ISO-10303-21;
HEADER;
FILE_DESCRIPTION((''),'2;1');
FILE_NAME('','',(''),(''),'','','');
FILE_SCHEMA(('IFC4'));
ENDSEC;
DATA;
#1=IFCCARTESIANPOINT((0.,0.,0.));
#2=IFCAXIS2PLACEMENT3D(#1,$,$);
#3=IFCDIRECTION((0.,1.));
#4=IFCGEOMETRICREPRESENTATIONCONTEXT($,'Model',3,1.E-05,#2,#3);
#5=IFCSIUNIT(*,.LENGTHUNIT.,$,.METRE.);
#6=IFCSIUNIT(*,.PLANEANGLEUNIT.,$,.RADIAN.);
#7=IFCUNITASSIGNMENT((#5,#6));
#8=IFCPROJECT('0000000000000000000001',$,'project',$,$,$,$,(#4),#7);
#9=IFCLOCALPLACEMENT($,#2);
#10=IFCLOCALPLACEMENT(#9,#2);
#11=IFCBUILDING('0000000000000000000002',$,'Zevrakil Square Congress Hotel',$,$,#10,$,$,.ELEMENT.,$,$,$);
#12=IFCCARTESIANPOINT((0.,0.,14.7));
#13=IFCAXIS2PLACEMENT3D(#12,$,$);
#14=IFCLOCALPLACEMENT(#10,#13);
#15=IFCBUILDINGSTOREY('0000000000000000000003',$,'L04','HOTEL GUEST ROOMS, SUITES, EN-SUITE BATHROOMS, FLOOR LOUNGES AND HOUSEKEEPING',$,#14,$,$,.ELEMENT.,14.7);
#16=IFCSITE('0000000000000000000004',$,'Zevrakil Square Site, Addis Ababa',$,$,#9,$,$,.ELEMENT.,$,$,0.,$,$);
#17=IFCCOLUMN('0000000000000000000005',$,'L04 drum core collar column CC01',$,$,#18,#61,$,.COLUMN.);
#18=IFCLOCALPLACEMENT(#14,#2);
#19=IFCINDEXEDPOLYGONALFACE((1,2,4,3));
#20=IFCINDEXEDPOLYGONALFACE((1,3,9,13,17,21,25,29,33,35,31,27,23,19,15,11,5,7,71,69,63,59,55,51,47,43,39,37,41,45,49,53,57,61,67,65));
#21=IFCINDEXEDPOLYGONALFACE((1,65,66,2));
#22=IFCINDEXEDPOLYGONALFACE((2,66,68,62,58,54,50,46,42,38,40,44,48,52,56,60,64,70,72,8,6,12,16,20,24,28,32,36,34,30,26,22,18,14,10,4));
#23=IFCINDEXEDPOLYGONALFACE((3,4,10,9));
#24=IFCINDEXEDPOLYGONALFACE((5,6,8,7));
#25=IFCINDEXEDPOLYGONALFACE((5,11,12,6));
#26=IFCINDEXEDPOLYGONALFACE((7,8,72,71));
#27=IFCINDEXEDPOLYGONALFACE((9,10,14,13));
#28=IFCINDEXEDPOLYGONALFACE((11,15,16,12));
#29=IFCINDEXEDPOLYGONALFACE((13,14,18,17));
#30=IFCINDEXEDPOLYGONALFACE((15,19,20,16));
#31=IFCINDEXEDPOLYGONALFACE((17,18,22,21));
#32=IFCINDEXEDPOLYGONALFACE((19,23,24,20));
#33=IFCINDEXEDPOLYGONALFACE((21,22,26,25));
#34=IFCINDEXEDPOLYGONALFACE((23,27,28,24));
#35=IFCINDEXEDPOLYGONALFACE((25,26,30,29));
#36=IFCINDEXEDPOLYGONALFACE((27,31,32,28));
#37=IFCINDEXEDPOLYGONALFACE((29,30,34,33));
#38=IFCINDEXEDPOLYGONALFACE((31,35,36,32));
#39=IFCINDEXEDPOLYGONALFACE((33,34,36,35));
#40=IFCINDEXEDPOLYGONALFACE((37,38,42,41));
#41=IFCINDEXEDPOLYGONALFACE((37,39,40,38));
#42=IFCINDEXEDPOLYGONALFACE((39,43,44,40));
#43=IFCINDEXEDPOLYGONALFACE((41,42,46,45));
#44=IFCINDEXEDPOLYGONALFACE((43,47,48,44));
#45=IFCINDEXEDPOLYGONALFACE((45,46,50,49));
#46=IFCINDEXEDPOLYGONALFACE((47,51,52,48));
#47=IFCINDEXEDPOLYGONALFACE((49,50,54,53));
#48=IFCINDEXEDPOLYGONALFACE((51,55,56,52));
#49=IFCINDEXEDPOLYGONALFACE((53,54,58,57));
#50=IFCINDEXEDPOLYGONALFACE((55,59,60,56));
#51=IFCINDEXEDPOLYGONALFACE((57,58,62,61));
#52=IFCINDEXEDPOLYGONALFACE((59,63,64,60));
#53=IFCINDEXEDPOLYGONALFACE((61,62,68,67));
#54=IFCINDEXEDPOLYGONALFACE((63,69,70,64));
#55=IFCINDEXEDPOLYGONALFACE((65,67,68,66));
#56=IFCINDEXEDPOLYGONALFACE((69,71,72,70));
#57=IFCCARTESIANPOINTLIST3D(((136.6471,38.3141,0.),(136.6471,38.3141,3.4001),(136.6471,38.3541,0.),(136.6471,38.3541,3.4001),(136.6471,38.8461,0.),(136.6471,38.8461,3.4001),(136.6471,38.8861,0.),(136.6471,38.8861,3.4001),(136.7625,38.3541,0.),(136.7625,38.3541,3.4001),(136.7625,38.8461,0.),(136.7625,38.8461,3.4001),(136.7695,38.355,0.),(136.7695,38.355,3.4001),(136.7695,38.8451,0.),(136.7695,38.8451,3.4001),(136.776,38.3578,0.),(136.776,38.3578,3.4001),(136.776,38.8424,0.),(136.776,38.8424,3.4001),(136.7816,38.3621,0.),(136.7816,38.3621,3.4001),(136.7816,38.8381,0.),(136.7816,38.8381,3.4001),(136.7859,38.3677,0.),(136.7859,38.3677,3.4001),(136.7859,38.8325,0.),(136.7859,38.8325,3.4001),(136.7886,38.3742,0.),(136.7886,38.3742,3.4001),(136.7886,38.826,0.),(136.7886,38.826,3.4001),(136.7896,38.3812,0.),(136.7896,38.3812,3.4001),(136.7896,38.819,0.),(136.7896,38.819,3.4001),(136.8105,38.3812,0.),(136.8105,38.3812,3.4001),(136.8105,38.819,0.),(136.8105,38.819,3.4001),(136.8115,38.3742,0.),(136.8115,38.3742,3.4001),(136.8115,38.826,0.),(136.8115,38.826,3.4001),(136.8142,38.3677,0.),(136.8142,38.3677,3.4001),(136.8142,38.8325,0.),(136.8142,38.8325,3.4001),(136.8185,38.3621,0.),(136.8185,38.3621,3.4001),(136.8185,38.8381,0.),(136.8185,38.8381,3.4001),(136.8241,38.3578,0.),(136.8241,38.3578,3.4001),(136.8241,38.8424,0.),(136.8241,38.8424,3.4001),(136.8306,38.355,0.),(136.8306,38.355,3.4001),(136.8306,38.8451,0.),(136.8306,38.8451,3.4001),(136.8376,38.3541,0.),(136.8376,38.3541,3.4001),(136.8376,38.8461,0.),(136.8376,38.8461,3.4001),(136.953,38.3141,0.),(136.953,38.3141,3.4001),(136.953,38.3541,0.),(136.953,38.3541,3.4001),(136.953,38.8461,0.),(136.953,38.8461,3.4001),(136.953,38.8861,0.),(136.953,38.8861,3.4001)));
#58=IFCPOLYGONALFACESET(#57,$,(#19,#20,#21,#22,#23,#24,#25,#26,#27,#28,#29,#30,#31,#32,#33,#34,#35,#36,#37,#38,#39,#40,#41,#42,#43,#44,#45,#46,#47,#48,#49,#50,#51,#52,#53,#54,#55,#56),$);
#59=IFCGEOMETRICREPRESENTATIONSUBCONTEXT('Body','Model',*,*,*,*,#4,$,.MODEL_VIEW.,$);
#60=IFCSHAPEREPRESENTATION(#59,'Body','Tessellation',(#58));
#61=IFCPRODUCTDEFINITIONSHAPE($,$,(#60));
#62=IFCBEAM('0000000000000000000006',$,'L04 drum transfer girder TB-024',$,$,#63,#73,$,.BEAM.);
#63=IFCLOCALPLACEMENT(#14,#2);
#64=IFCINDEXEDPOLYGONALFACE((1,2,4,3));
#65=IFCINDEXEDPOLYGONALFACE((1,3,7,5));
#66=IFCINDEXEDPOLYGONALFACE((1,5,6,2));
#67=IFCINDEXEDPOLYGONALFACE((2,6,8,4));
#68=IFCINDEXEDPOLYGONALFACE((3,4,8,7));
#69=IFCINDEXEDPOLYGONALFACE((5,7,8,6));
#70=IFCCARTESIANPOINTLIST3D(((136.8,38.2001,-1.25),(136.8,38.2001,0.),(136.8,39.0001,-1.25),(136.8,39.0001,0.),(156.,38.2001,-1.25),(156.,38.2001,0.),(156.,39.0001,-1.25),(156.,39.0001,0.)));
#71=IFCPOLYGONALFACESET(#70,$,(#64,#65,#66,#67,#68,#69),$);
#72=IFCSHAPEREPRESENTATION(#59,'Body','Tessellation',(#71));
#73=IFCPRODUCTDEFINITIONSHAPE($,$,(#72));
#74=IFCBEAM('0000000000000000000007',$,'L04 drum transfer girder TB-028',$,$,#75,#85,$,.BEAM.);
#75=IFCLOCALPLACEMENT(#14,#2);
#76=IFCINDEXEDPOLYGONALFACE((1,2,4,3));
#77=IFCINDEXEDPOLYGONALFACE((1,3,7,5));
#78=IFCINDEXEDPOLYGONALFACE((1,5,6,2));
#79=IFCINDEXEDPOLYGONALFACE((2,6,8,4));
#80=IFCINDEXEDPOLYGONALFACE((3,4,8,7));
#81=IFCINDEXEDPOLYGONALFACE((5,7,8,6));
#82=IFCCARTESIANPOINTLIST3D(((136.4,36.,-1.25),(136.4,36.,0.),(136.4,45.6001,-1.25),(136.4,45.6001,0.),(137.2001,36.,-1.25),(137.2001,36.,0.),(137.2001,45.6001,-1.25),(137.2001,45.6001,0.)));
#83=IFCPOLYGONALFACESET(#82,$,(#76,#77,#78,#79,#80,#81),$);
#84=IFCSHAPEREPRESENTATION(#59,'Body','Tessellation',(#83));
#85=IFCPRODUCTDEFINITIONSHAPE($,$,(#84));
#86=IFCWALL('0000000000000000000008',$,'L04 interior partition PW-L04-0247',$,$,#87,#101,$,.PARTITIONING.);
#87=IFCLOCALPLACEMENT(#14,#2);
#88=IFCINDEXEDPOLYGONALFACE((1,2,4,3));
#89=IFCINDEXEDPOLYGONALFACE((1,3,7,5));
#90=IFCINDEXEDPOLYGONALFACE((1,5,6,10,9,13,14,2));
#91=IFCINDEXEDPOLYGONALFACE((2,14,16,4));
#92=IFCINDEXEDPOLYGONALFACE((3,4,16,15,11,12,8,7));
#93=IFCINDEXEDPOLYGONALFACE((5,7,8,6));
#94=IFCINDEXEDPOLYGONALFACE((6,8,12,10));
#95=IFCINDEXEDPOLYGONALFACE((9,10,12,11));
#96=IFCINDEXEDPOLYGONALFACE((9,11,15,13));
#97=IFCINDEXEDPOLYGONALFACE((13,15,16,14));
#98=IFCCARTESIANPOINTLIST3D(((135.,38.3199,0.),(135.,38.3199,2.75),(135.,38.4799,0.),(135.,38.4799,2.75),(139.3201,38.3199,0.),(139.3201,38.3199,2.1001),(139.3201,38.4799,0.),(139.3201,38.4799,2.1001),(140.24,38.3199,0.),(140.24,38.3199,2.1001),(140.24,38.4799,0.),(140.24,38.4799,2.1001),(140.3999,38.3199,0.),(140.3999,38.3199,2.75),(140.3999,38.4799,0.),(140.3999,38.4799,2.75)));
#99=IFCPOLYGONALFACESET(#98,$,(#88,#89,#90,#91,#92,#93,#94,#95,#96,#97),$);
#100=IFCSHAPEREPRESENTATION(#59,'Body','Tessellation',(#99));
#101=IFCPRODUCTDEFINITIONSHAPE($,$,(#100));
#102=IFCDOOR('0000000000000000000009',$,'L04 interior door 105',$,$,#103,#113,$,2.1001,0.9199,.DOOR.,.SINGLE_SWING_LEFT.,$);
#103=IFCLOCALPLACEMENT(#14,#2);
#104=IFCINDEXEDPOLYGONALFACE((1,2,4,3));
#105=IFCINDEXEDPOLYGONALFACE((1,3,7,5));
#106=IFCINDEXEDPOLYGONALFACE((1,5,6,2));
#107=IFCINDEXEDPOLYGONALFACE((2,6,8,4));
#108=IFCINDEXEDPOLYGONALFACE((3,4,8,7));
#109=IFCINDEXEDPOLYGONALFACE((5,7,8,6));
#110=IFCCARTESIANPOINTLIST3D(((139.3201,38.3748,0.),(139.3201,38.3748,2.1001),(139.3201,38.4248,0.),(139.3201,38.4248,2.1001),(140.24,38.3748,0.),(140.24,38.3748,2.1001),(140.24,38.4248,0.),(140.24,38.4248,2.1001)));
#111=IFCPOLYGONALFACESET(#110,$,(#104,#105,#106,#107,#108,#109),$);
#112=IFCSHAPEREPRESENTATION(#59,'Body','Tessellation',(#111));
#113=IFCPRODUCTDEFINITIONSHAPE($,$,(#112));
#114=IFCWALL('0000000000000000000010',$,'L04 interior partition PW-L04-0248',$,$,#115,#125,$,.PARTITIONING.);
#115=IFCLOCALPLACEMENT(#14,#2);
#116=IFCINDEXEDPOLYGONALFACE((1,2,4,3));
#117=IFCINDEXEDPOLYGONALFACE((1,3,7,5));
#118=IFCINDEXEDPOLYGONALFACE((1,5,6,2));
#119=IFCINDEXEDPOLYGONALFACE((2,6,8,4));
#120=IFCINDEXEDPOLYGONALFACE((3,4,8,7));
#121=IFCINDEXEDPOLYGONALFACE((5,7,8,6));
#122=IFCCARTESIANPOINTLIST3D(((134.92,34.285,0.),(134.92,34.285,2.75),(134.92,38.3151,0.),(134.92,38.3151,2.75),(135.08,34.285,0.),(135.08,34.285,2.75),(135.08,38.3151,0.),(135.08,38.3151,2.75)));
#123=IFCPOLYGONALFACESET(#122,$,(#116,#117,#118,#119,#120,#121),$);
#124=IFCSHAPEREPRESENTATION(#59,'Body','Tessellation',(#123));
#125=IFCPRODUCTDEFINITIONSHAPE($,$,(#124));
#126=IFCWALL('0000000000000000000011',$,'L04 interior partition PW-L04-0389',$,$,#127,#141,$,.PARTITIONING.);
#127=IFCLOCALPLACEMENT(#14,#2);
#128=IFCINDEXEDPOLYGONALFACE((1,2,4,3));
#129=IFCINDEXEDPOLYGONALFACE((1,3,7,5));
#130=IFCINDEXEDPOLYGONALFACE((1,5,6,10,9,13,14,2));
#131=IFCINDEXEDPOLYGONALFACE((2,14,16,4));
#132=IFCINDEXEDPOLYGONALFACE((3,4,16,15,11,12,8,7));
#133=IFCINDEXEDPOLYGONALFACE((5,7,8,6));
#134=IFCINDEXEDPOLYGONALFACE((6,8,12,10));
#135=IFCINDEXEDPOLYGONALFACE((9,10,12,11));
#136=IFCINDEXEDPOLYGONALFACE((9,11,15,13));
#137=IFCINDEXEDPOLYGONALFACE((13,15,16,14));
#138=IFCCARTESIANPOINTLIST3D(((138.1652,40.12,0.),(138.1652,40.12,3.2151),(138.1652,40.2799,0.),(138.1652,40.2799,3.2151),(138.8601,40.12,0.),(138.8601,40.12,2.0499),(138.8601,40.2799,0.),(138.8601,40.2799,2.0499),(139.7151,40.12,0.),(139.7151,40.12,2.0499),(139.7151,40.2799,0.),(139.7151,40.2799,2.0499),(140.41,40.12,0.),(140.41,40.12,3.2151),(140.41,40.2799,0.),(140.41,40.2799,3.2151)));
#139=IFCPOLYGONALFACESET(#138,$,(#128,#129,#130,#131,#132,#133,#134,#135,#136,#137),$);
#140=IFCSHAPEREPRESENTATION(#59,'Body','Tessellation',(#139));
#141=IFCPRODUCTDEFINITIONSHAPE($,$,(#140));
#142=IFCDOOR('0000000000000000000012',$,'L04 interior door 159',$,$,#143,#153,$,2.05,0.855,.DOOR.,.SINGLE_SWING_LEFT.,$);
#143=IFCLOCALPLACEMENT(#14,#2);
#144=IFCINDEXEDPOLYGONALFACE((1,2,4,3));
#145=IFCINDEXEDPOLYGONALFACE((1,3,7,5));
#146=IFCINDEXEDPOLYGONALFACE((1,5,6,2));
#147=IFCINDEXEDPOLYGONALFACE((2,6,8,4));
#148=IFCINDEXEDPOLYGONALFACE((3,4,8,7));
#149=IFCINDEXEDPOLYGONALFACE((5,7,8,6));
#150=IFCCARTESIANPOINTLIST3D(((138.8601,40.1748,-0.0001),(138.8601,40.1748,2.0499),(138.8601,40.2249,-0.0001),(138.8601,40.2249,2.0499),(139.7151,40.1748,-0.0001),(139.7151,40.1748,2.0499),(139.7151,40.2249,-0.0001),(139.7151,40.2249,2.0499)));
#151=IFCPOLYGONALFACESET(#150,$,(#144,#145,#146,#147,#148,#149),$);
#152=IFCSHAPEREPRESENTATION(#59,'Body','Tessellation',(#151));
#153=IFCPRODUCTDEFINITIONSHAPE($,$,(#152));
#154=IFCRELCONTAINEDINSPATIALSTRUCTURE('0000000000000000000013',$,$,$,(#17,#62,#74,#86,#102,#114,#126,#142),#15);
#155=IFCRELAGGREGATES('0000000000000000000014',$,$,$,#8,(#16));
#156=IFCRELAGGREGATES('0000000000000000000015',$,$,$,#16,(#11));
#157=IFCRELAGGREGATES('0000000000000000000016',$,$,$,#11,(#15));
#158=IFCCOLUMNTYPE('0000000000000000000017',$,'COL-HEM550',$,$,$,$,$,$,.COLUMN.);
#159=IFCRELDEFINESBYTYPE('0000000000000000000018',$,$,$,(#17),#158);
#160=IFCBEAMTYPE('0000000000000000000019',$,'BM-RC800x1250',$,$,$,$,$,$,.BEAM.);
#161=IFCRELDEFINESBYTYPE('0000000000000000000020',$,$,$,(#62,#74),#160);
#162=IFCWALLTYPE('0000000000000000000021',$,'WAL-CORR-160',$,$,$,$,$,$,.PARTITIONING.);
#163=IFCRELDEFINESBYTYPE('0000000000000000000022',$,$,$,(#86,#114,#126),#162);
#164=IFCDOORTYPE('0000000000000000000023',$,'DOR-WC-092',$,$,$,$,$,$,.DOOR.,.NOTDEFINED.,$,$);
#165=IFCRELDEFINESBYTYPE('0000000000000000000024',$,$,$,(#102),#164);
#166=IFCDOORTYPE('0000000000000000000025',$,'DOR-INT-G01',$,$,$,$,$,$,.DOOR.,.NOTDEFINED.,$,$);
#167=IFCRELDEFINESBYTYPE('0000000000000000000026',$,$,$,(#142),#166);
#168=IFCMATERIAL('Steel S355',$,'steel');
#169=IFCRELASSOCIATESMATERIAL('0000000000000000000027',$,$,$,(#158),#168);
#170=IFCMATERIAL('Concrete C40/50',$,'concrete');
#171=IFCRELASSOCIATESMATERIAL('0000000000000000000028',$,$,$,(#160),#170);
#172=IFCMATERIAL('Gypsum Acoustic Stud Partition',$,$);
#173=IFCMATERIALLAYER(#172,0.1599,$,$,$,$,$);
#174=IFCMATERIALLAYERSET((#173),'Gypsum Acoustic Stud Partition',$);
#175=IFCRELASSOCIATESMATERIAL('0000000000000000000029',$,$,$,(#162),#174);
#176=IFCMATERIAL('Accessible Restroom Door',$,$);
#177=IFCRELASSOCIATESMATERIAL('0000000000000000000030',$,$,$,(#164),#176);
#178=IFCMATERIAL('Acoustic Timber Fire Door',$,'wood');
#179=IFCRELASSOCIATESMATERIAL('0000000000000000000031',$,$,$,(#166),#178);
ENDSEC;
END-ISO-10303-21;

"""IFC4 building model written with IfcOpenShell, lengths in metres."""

from ifc_helpers import new_model, si_unit, direction, frame, frame_2d, origin, origin_2d, place, context, subcontext, project, spatial, rectangle, i_section, extrude, material, layer, layer_set, material_profile, profile_set, type_object, element, fill, save


model = new_model("IFC4")

# Units and contexts
model_context = context("Model", 3, precision=1e-05, world=origin(), true_north=direction((0.0, 1.0)))
body_context = subcontext(model_context, "Body", "Model", "MODEL_VIEW")
ifc_project = project(units=[si_unit("LENGTHUNIT", "METRE"), si_unit("PLANEANGLEUNIT", "RADIAN")], contexts=[model_context])

# Site, building, storey
site_placement = place(None, origin())
site = spatial("IfcSite", under=ifc_project, at=site_placement, Name="Zevrakil Square Site, Addis Ababa", CompositionType="ELEMENT", RefElevation=0.0)
building_placement = place(site_placement, origin())
building = spatial("IfcBuilding", under=site, at=building_placement, Name="Zevrakil Square Congress Hotel", CompositionType="ELEMENT")
storey_placement = place(building_placement, frame((0.0, 0.0, 14.7)))
storey = spatial("IfcBuildingStorey", under=building, at=storey_placement, Name="L04", Description="HOTEL GUEST ROOMS, SUITES, EN-SUITE BATHROOMS, FLOOR LOUNGES AND HOUSEKEEPING", CompositionType="ELEMENT", Elevation=14.7)

# Column
ifc_material_1 = material(Name="Steel S355", Category="steel")
ifc_material_profile_1 = material_profile(ifc_material_1, i_section(OverallWidth=0.3059, OverallDepth=0.572, WebThickness=0.021, FlangeThickness=0.04, FilletRadius=0.0271, at=origin_2d()), Name="HEM 550")
ifc_profile_set_1 = profile_set([ifc_material_profile_1], Name="Steel S355")
column_type = type_object("IfcColumnType", Name="COL-HEM550", PredefinedType="COLUMN", material=ifc_profile_set_1)
column_placement = place(storey_placement, frame((136.8, 38.6001, 0.0), z_axis=(0.0, 0.0, 1.0), x_axis=(1.0, 0.0, 0.0)))
element("IfcColumn", 1, at=column_placement, inside=storey, type_object=column_type, Name="L04 drum core collar column CC01", PredefinedType="COLUMN", context=body_context, shape_type="SweptSolid", body=[
    extrude(i_section(OverallWidth=0.3059, OverallDepth=0.572, WebThickness=0.021, FlangeThickness=0.04, FilletRadius=0.0271, at=origin_2d()), origin(), (0.0, 0.0, 1.0), 3.4001),
])

# Beams
ifc_material_2 = material(Name="Concrete C40/50", Category="concrete")
ifc_material_profile_2 = material_profile(ifc_material_2, rectangle(XDim=0.8, YDim=1.25, at=origin_2d()), Name="RC 800x1250")
ifc_profile_set_2 = profile_set([ifc_material_profile_2], Name="Concrete C40/50")
beam_type = type_object("IfcBeamType", Name="BM-RC800x1250", PredefinedType="BEAM", material=ifc_profile_set_2)
beam_1_placement = place(storey_placement, frame((136.8, 38.6001, -0.625), z_axis=(1.0, 0.0, 0.0), x_axis=(0.0, 1.0, 0.0)))
element("IfcBeam", 2, at=beam_1_placement, inside=storey, type_object=beam_type, Name="L04 drum transfer girder TB-024", PredefinedType="BEAM", context=body_context, shape_type="SweptSolid", body=[
    extrude(rectangle(XDim=0.8, YDim=1.25, at=origin_2d()), origin(), (0.0, 0.0, 1.0), 19.2),
])
beam_2_placement = place(storey_placement, frame((136.8, 36.0, -0.625), z_axis=(0.0, 1.0, 0.0), x_axis=(-1.0, 0.0, 0.0)))
element("IfcBeam", 3, at=beam_2_placement, inside=storey, type_object=beam_type, Name="L04 drum transfer girder TB-028", PredefinedType="BEAM", context=body_context, shape_type="SweptSolid", body=[
    extrude(rectangle(XDim=0.8, YDim=1.25, at=origin_2d()), origin(), (0.0, 0.0, 1.0), 9.6001),
])

# Wall, opening, door
ifc_material_3 = material(Name="Gypsum Acoustic Stud Partition")
ifc_layer_1 = layer(ifc_material_3, 0.1599)
ifc_layer_set_1 = layer_set([ifc_layer_1], Name="Gypsum Acoustic Stud Partition")
wall_type_1 = type_object("IfcWallType", Name="WAL-CORR-160", PredefinedType="PARTITIONING", material=ifc_layer_set_1)
wall_1_placement = place(storey_placement, frame((135.0, 38.3999, 0.0), z_axis=(0.0, 0.0, 1.0), x_axis=(1.0, 0.0, 0.0)))
wall_1 = element("IfcWall", 4, at=wall_1_placement, inside=storey, type_object=wall_type_1, Name="L04 interior partition PW-L04-0247", PredefinedType="PARTITIONING", context=body_context, shape_type="SweptSolid", body=[
    extrude(rectangle(XDim=5.3999, YDim=0.1599, at=frame_2d((2.7, 0.0))), origin(), (0.0, 0.0, 1.0), 2.75),
])
opening_1_placement = place(wall_1_placement, frame((4.3201, 0.0, 0.0)))
opening_1 = element("IfcOpeningElement", 5, at=opening_1_placement, cuts=wall_1, PredefinedType="OPENING", context=body_context, shape_type="SweptSolid", body=[
    extrude(rectangle(XDim=0.9199, YDim=2.1001, at=frame_2d((0.46, 1.05))), frame((0.0, 0.0898, 0.0), z_axis=(0.0, -1.0, 0.0), x_axis=(1.0, 0.0, 0.0)), (0.0, 0.0, 1.0), 0.1799),
])
ifc_material_4 = material(Name="Accessible Restroom Door")
door_type_1 = type_object("IfcDoorType", Name="DOR-WC-092", OperationType="NOTDEFINED", PredefinedType="DOOR", material=ifc_material_4)
door_1_placement = place(opening_1_placement, origin())
door_1 = element("IfcDoor", 6, at=door_1_placement, inside=storey, type_object=door_type_1, Name="L04 interior door 105", OperationType="SINGLE_SWING_LEFT", OverallHeight=2.1001, OverallWidth=0.9199, PredefinedType="DOOR", context=body_context, shape_type="SweptSolid", body=[
    extrude(rectangle(XDim=0.9199, YDim=2.1001, at=frame_2d((0.46, 1.05))), frame((0.0, 0.0249, 0.0), z_axis=(0.0, -1.0, 0.0), x_axis=(1.0, 0.0, 0.0)), (0.0, 0.0, 1.0), 0.05),
])
fill(opening_1, door_1)

# Wall
wall_2_placement = place(storey_placement, frame((135.0, 34.2849, 0.0), z_axis=(0.0, 0.0, 1.0), x_axis=(0.0, 1.0, 0.0)))
element("IfcWall", 7, at=wall_2_placement, inside=storey, type_object=wall_type_1, Name="L04 interior partition PW-L04-0248", PredefinedType="PARTITIONING", context=body_context, shape_type="SweptSolid", body=[
    extrude(rectangle(XDim=4.03, YDim=0.1599, at=frame_2d((2.0151, 0.0))), origin(), (0.0, 0.0, 1.0), 2.75),
])

# Wall, opening, door
wall_3_placement = place(storey_placement, frame((138.165, 40.2, 0.0), z_axis=(0.0, 0.0, 1.0), x_axis=(1.0, 0.0, 0.0)))
wall_3 = element("IfcWall", 8, at=wall_3_placement, inside=storey, type_object=wall_type_1, Name="L04 interior partition PW-L04-0389", PredefinedType="PARTITIONING", context=body_context, shape_type="SweptSolid", body=[
    extrude(rectangle(XDim=2.2449, YDim=0.1599, at=frame_2d((1.1226, 0.0))), origin(), (0.0, 0.0, 1.0), 3.2151),
])
opening_2_placement = place(wall_3_placement, frame((0.6951, 0.0, 0.0)))
opening_2 = element("IfcOpeningElement", 9, at=opening_2_placement, cuts=wall_3, PredefinedType="OPENING", context=body_context, shape_type="SweptSolid", body=[
    extrude(rectangle(XDim=0.855, YDim=2.05, at=frame_2d((0.4275, 1.0249))), frame((0.0, 0.0898, 0.0), z_axis=(0.0, -1.0, 0.0), x_axis=(1.0, 0.0, 0.0)), (0.0, 0.0, 1.0), 0.1799),
])
ifc_material_5 = material(Name="Acoustic Timber Fire Door", Category="wood")
door_type_2 = type_object("IfcDoorType", Name="DOR-INT-G01", OperationType="NOTDEFINED", PredefinedType="DOOR", material=ifc_material_5)
door_2_placement = place(opening_2_placement, origin())
door_2 = element("IfcDoor", 10, at=door_2_placement, inside=storey, type_object=door_type_2, Name="L04 interior door 159", OperationType="SINGLE_SWING_LEFT", OverallHeight=2.05, OverallWidth=0.855, PredefinedType="DOOR", context=body_context, shape_type="SweptSolid", body=[
    extrude(rectangle(XDim=0.855, YDim=2.05, at=frame_2d((0.4275, 1.0249))), frame((0.0, 0.0249, 0.0), z_axis=(0.0, -1.0, 0.0), x_axis=(1.0, 0.0, 0.0)), (0.0, 0.0, 1.0), 0.05),
])
fill(opening_2, door_2)

save(model, "model.ifc")
